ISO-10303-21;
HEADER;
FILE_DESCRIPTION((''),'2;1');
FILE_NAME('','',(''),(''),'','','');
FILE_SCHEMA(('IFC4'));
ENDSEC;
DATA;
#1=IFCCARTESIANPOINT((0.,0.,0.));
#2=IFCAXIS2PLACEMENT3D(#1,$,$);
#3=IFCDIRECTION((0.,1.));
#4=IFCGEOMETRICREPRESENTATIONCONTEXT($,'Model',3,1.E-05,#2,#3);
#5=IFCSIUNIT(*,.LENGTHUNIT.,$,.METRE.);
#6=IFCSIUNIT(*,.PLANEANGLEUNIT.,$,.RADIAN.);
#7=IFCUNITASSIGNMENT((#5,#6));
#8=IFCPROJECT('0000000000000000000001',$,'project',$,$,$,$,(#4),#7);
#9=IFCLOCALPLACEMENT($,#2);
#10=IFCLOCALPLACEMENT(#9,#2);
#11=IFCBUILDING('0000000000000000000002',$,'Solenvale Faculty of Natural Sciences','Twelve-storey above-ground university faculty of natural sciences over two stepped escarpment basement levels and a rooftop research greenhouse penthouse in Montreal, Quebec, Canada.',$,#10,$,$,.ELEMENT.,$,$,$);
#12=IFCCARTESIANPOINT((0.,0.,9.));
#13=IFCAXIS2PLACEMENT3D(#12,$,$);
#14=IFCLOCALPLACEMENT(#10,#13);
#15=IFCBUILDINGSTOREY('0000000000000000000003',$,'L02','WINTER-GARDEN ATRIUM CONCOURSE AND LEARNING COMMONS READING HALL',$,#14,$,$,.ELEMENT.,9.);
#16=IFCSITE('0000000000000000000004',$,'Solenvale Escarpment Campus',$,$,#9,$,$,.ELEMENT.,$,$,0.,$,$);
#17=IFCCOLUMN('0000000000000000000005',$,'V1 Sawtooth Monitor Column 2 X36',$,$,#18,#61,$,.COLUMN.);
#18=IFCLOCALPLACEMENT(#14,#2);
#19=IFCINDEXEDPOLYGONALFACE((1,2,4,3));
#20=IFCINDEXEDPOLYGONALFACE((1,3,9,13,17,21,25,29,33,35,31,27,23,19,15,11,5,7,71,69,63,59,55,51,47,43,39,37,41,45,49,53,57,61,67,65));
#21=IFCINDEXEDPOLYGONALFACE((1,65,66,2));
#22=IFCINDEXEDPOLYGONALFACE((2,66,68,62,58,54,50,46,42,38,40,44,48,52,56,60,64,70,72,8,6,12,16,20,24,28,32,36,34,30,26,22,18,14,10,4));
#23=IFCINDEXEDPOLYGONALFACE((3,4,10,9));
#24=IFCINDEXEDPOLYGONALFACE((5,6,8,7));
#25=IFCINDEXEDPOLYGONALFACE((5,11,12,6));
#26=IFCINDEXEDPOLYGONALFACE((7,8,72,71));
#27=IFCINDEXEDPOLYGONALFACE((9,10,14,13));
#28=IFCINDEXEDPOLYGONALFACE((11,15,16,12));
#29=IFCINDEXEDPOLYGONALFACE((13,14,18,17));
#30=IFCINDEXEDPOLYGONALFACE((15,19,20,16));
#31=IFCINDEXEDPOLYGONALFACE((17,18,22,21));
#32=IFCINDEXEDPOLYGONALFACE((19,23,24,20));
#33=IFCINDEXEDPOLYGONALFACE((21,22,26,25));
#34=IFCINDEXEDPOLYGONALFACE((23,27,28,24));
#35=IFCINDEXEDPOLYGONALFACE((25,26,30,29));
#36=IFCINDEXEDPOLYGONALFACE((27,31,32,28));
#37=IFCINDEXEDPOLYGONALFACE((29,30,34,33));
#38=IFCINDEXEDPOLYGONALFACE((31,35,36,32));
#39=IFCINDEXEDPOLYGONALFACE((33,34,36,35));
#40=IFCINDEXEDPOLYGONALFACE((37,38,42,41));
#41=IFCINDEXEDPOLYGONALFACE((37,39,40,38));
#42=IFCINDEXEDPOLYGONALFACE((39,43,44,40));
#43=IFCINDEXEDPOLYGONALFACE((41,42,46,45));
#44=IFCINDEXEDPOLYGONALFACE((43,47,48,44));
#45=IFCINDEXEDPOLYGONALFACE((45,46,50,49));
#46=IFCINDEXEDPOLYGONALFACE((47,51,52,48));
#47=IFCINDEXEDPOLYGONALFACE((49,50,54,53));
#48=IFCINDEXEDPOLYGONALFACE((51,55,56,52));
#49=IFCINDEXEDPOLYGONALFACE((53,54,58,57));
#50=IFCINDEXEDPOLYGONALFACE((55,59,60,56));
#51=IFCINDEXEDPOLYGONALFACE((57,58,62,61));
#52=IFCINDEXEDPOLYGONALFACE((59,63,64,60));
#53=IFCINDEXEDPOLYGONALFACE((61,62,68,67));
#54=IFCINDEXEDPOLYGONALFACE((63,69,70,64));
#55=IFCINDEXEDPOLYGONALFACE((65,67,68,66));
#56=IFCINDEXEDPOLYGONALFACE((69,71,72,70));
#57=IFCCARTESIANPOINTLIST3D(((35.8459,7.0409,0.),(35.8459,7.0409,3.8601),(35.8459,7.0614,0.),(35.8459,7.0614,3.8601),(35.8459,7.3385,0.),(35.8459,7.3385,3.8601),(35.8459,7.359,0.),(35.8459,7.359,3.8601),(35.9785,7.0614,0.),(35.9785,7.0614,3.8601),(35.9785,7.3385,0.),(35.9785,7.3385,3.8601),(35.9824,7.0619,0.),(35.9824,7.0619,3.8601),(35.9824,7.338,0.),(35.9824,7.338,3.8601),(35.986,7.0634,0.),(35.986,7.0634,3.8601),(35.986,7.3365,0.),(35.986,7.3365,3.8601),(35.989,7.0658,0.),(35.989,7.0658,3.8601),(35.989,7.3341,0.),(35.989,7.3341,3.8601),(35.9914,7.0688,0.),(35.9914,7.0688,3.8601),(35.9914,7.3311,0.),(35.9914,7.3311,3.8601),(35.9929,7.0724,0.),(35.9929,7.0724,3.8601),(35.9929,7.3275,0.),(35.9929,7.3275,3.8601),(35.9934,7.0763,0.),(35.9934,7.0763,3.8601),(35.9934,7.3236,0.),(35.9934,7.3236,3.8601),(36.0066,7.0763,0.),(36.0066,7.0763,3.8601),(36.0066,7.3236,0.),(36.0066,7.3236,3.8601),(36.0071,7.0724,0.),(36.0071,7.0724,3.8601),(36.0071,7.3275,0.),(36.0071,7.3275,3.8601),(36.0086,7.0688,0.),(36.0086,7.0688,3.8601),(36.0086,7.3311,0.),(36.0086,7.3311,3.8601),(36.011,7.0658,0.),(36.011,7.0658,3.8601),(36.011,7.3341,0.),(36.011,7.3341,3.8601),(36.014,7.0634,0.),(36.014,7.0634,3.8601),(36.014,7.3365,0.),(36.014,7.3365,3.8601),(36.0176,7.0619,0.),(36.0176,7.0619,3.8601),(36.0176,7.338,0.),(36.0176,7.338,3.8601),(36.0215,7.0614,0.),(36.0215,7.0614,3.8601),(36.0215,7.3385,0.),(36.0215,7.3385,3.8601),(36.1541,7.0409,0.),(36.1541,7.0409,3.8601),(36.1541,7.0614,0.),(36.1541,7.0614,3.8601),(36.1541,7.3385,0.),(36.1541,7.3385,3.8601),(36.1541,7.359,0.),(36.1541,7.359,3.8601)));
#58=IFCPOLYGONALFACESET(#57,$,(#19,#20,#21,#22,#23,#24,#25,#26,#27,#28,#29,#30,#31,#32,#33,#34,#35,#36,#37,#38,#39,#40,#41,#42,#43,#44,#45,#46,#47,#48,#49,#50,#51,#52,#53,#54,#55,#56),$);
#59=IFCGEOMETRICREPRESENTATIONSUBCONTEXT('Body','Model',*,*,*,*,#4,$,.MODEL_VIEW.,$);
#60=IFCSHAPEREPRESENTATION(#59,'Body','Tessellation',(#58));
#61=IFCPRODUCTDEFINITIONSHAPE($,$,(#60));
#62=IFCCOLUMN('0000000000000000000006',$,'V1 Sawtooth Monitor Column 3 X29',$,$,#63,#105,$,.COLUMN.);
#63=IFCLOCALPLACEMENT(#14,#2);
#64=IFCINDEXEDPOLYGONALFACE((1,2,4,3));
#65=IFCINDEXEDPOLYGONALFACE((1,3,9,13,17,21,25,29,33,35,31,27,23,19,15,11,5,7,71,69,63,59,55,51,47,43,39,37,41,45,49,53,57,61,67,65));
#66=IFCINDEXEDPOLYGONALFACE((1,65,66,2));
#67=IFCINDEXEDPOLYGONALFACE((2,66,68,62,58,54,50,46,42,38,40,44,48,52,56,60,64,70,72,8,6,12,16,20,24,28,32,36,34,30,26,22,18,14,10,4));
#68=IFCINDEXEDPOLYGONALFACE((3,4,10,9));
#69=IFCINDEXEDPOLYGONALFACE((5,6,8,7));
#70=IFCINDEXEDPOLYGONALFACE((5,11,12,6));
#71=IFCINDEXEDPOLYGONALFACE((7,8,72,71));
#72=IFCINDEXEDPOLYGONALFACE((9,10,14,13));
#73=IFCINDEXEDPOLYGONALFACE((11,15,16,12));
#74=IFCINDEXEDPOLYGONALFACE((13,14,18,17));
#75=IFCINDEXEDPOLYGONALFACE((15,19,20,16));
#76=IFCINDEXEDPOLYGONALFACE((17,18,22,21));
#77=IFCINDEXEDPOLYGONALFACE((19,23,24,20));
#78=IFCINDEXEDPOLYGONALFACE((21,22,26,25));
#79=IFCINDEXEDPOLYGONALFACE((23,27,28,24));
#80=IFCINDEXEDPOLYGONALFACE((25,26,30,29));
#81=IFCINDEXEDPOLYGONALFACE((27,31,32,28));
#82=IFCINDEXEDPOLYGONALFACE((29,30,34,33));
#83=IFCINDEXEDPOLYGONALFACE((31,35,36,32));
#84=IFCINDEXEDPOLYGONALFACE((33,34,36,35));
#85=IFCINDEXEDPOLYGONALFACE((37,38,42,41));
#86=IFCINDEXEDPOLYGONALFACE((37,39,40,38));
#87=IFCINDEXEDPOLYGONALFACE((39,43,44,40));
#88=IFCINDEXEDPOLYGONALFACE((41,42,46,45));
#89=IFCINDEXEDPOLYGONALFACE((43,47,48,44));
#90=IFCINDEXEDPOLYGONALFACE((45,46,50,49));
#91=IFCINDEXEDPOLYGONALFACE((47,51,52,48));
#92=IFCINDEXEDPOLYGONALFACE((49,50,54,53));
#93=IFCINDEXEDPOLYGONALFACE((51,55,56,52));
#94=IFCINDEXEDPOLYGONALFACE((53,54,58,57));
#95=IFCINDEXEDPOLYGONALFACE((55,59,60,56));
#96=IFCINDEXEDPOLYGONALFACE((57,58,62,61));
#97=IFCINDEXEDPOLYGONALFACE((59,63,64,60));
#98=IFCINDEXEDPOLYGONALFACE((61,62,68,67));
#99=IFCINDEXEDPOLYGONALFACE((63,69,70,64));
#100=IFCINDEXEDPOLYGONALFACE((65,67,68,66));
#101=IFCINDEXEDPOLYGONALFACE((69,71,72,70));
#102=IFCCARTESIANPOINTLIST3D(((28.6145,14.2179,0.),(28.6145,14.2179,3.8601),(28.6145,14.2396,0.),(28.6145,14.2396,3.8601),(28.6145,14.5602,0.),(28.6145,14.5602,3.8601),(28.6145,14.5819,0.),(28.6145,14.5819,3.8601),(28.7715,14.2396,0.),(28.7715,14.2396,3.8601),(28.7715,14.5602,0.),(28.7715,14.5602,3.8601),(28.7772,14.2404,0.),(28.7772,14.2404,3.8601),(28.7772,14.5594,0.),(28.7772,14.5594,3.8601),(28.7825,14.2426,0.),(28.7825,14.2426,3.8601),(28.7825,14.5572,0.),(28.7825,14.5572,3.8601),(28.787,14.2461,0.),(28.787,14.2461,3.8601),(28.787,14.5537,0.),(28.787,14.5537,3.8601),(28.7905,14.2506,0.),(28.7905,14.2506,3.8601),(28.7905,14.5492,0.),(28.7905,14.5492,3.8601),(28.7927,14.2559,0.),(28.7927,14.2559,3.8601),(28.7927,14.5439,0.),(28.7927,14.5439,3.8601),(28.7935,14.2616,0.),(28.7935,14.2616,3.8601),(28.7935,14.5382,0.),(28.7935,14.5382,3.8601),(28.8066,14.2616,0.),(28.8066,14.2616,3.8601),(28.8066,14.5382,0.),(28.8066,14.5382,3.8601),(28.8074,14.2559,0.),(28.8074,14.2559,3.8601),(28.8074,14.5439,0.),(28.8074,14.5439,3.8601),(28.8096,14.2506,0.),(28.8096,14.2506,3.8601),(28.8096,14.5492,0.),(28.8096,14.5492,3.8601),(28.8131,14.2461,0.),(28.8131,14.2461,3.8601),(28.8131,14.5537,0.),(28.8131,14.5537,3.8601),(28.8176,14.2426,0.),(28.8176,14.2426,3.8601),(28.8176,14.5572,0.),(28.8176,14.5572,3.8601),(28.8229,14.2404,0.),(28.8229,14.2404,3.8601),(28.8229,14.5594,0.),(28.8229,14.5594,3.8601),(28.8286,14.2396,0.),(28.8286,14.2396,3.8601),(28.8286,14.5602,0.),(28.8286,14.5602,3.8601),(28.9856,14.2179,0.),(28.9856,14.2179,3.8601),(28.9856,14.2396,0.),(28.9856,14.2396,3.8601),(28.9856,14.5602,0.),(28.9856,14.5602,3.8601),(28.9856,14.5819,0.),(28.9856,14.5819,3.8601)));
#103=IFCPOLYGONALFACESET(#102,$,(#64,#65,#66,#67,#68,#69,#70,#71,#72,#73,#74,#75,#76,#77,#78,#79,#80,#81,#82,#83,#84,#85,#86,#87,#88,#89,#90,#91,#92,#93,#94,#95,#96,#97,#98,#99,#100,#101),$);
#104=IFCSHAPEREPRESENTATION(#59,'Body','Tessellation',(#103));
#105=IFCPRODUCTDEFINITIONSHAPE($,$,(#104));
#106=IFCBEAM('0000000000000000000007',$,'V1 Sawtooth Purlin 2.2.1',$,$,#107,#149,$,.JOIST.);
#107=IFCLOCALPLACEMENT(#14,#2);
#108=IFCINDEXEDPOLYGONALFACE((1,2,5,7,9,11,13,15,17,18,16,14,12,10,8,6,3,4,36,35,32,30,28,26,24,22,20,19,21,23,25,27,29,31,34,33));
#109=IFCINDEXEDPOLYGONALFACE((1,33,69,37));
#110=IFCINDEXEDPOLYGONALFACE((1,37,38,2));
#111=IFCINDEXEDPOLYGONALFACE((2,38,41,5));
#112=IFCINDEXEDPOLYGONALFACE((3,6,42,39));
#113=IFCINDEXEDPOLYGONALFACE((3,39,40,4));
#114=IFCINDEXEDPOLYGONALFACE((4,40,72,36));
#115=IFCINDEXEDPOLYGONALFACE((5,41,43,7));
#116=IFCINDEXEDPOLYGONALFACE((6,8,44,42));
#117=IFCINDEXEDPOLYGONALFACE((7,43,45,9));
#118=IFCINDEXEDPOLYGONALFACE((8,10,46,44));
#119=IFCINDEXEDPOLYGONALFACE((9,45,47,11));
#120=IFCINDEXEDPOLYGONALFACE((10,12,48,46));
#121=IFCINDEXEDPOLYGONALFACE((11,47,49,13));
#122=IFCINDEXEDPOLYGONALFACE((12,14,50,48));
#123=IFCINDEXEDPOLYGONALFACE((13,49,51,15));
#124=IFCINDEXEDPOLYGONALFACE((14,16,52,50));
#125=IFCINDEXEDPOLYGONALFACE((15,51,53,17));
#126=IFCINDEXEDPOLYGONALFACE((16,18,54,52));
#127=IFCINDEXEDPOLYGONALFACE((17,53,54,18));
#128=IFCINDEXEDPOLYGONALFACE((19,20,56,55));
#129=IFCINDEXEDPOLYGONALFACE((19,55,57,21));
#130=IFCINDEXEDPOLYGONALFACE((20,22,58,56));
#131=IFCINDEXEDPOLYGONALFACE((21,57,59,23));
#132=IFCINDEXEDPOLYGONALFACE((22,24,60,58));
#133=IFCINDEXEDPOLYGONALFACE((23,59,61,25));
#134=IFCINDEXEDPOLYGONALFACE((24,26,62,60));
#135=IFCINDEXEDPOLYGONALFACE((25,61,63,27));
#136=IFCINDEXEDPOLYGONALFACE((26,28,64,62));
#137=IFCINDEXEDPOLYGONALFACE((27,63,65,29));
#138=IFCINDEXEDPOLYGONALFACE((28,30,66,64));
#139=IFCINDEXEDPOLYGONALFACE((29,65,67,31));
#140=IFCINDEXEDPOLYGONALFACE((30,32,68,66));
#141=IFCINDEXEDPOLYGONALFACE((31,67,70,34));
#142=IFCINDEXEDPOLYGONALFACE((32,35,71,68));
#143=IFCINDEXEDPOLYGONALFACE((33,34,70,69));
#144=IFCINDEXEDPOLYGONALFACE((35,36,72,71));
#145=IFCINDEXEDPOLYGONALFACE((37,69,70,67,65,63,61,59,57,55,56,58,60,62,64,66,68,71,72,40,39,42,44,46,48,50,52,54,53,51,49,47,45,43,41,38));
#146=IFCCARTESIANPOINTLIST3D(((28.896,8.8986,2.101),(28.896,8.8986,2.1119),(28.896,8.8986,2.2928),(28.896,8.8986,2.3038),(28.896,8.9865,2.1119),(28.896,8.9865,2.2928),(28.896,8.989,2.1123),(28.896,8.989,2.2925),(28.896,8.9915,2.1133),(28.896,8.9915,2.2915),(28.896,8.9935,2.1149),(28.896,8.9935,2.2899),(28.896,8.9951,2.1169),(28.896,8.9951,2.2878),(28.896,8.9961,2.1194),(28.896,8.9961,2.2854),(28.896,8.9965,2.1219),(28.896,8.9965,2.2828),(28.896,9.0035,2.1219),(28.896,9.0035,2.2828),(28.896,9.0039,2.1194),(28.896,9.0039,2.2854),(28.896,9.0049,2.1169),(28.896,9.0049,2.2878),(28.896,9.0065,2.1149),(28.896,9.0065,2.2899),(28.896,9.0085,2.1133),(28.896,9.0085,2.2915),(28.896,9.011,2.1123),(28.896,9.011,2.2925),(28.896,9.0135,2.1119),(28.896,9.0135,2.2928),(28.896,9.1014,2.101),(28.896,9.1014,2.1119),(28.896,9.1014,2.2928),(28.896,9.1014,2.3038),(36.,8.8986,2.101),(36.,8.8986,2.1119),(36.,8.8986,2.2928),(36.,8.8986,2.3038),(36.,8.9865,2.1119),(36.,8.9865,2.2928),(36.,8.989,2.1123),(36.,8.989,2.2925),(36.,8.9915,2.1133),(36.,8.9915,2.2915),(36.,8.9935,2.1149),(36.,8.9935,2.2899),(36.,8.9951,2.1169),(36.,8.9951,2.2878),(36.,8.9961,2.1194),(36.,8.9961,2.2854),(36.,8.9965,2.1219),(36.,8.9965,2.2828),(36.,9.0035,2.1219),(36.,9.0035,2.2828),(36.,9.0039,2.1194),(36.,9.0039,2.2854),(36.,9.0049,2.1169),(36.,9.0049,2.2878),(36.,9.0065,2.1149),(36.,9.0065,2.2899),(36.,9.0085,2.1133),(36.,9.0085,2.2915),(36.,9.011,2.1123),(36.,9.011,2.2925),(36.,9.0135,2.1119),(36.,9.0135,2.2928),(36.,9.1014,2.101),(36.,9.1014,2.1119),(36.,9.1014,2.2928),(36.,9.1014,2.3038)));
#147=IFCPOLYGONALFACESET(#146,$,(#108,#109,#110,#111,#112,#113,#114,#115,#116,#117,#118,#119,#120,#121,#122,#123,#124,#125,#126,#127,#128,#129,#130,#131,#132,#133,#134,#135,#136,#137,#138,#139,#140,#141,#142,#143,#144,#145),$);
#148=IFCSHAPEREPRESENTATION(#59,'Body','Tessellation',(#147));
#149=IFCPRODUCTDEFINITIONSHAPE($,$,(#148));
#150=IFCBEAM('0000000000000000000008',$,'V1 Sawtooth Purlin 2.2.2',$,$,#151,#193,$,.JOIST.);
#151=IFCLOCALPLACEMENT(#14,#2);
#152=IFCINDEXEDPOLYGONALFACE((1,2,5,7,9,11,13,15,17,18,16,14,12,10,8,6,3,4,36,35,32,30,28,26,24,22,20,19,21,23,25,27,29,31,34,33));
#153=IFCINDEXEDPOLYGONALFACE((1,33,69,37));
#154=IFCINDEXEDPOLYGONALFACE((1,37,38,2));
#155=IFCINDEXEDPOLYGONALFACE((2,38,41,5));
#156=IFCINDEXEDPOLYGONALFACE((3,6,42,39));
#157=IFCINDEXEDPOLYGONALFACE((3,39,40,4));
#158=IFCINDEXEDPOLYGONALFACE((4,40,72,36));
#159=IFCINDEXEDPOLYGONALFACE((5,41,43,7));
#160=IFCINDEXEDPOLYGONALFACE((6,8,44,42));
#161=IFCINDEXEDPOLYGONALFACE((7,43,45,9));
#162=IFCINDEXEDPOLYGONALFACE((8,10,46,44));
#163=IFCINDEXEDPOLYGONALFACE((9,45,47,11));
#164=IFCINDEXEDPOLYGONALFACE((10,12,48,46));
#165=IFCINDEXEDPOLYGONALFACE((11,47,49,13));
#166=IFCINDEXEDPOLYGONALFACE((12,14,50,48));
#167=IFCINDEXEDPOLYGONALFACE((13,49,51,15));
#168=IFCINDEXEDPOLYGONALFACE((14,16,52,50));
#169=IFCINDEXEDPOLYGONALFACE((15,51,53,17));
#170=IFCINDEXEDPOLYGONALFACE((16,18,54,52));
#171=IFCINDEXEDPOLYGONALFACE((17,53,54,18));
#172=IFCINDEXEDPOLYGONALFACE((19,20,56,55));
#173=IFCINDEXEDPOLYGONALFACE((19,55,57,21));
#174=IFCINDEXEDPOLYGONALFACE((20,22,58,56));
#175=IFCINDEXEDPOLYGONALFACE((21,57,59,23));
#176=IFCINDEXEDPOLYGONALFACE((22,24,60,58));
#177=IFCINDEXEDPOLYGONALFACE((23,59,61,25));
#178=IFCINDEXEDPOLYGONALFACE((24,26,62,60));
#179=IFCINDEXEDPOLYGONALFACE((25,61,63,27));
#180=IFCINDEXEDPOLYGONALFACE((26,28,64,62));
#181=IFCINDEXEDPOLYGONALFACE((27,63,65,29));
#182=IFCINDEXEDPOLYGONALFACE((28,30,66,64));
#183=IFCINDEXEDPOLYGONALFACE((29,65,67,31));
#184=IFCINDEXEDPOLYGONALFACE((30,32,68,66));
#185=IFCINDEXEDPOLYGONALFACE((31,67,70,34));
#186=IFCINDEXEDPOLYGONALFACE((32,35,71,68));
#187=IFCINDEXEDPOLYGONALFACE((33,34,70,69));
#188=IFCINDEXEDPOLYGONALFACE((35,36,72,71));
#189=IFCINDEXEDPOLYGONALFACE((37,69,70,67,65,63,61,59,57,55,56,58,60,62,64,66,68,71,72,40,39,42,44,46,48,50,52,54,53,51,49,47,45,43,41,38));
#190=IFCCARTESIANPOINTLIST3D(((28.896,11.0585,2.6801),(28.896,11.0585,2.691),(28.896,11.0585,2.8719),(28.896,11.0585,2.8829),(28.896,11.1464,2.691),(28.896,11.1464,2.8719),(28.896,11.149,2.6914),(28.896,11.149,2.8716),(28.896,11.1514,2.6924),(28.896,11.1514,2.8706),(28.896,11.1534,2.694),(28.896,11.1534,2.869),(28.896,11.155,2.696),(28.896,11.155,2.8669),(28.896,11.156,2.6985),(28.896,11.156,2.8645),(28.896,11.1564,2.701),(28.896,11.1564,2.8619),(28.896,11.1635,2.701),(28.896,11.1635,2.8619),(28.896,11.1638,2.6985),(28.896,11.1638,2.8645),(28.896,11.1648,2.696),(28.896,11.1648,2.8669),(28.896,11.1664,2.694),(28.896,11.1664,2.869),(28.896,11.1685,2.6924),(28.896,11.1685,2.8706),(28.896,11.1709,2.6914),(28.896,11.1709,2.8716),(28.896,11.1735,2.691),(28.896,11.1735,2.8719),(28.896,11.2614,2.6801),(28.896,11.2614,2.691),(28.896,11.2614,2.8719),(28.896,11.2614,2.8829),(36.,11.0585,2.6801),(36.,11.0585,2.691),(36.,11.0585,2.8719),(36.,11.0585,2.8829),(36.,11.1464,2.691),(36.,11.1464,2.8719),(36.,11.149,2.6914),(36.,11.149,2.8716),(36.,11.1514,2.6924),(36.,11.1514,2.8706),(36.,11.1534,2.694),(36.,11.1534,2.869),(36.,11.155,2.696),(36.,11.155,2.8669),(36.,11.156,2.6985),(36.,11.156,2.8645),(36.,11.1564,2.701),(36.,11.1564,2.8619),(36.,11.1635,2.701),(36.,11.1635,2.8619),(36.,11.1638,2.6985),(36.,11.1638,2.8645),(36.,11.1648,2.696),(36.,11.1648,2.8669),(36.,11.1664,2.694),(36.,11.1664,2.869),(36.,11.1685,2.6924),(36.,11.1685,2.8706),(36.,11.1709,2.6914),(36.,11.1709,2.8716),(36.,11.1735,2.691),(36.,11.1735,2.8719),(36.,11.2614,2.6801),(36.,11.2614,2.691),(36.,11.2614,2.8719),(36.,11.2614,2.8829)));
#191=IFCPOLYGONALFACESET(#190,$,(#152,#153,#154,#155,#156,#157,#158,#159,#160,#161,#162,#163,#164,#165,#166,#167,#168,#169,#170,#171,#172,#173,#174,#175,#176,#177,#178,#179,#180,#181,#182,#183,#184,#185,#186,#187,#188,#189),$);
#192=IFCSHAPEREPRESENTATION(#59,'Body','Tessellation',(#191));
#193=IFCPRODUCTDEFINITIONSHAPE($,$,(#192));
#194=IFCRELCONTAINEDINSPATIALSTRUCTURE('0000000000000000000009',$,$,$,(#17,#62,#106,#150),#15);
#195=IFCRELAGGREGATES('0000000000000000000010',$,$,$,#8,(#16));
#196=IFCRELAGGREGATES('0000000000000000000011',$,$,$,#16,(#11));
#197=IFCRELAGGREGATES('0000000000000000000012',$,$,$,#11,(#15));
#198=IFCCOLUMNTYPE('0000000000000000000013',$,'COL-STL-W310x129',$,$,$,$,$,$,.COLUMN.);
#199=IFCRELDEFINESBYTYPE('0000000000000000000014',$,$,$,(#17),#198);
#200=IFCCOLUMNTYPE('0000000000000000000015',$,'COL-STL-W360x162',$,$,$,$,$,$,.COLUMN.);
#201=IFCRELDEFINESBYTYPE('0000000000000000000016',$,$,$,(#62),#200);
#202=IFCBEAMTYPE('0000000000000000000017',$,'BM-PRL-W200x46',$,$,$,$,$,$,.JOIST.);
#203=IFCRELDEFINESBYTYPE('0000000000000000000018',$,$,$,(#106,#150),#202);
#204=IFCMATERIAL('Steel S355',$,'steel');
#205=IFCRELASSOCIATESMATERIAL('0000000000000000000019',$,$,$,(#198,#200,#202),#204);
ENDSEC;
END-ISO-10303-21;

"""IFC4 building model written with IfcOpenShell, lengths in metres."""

from ifc_helpers import new_model, si_unit, direction, frame, origin, origin_2d, place, context, subcontext, project, spatial, i_section, extrude, material, material_profile, profile_set, type_object, element, save


model = new_model("IFC4")

# Units and contexts
model_context = context("Model", 3, precision=1e-05, world=origin(), true_north=direction((0.0, 1.0)))
body_context = subcontext(model_context, "Body", "Model", "MODEL_VIEW")
ifc_project = project(units=[si_unit("LENGTHUNIT", "METRE"), si_unit("PLANEANGLEUNIT", "RADIAN")], contexts=[model_context])

# Site, building, storey
site_placement = place(None, origin())
site = spatial("IfcSite", under=ifc_project, at=site_placement, Name="Solenvale Escarpment Campus", CompositionType="ELEMENT", RefElevation=0.0)
building_placement = place(site_placement, origin())
building = spatial("IfcBuilding", under=site, at=building_placement, Name="Solenvale Faculty of Natural Sciences", Description="Twelve-storey above-ground university faculty of natural sciences over two stepped escarpment basement levels and a rooftop research greenhouse penthouse in Montreal, Quebec, Canada.", CompositionType="ELEMENT")
storey_placement = place(building_placement, frame((0.0, 0.0, 9.0)))
storey = spatial("IfcBuildingStorey", under=building, at=storey_placement, Name="L02", Description="WINTER-GARDEN ATRIUM CONCOURSE AND LEARNING COMMONS READING HALL", CompositionType="ELEMENT", Elevation=9.0)

# Columns
ifc_material_1 = material(Name="Steel S355", Category="steel")
ifc_material_profile_1 = material_profile(ifc_material_1, i_section(OverallWidth=0.3081, OverallDepth=0.3181, WebThickness=0.0132, FlangeThickness=0.0205, FilletRadius=0.0149, at=origin_2d()), Name="W310x129")
ifc_profile_set_1 = profile_set([ifc_material_profile_1], Name="Steel S355")
column_type_1 = type_object("IfcColumnType", Name="COL-STL-W310x129", PredefinedType="COLUMN", material=ifc_profile_set_1)
column_1_placement = place(storey_placement, frame((36.0, 7.2, 0.0), z_axis=(0.0, 0.0, 1.0), x_axis=(1.0, 0.0, 0.0)))
element("IfcColumn", 1, at=column_1_placement, inside=storey, type_object=column_type_1, Name="V1 Sawtooth Monitor Column 2 X36", PredefinedType="COLUMN", context=body_context, shape_type="SweptSolid", body=[
    extrude(i_section(OverallWidth=0.3081, OverallDepth=0.3181, WebThickness=0.0132, FlangeThickness=0.0205, FilletRadius=0.0149, at=origin_2d()), origin(), (0.0, 0.0, 1.0), 3.8601),
])
ifc_material_profile_2 = material_profile(ifc_material_1, i_section(OverallWidth=0.3711, OverallDepth=0.364, WebThickness=0.0132, FlangeThickness=0.0217, FilletRadius=0.022, at=origin_2d()), Name="W360x162")
ifc_profile_set_2 = profile_set([ifc_material_profile_2], Name="Steel S355")
column_type_2 = type_object("IfcColumnType", Name="COL-STL-W360x162", PredefinedType="COLUMN", material=ifc_profile_set_2)
column_2_placement = place(storey_placement, frame((28.8, 14.3999, 0.0), z_axis=(0.0, 0.0, 1.0), x_axis=(1.0, 0.0, 0.0)))
element("IfcColumn", 2, at=column_2_placement, inside=storey, type_object=column_type_2, Name="V1 Sawtooth Monitor Column 3 X29", PredefinedType="COLUMN", context=body_context, shape_type="SweptSolid", body=[
    extrude(i_section(OverallWidth=0.3711, OverallDepth=0.364, WebThickness=0.0132, FlangeThickness=0.0217, FilletRadius=0.022, at=origin_2d()), origin(), (0.0, 0.0, 1.0), 3.8601),
])

# Beams
ifc_material_profile_3 = material_profile(ifc_material_1, i_section(OverallWidth=0.2029, OverallDepth=0.2029, WebThickness=0.0071, FlangeThickness=0.011, FilletRadius=0.01, at=origin_2d()), Name="W200x46")
ifc_profile_set_3 = profile_set([ifc_material_profile_3], Name="Steel S355")
beam_type_1 = type_object("IfcBeamType", Name="BM-PRL-W200x46", PredefinedType="JOIST", material=ifc_profile_set_3)
for number, where, z_axis, x_axis, name in (
    (3, (28.896, 9.0, 2.2024), (1.0, 0.0, 0.0), (0.0, 1.0, 0.0), "V1 Sawtooth Purlin 2.2.1"),
    (4, (28.896, 11.1599, 2.7815), (1.0, 0.0, 0.0), (0.0, 1.0, 0.0), "V1 Sawtooth Purlin 2.2.2"),
):
    element("IfcBeam", number, at=place(storey_placement, frame(where, z_axis=z_axis, x_axis=x_axis)), inside=storey, type_object=beam_type_1, Name=name, PredefinedType="JOIST", context=body_context, shape_type="SweptSolid", body=[
        extrude(i_section(OverallWidth=0.2029, OverallDepth=0.2029, WebThickness=0.0071, FlangeThickness=0.011, FilletRadius=0.01, at=origin_2d()), origin(), (0.0, 0.0, 1.0), 7.104),
    ])

save(model, "model.ifc")
